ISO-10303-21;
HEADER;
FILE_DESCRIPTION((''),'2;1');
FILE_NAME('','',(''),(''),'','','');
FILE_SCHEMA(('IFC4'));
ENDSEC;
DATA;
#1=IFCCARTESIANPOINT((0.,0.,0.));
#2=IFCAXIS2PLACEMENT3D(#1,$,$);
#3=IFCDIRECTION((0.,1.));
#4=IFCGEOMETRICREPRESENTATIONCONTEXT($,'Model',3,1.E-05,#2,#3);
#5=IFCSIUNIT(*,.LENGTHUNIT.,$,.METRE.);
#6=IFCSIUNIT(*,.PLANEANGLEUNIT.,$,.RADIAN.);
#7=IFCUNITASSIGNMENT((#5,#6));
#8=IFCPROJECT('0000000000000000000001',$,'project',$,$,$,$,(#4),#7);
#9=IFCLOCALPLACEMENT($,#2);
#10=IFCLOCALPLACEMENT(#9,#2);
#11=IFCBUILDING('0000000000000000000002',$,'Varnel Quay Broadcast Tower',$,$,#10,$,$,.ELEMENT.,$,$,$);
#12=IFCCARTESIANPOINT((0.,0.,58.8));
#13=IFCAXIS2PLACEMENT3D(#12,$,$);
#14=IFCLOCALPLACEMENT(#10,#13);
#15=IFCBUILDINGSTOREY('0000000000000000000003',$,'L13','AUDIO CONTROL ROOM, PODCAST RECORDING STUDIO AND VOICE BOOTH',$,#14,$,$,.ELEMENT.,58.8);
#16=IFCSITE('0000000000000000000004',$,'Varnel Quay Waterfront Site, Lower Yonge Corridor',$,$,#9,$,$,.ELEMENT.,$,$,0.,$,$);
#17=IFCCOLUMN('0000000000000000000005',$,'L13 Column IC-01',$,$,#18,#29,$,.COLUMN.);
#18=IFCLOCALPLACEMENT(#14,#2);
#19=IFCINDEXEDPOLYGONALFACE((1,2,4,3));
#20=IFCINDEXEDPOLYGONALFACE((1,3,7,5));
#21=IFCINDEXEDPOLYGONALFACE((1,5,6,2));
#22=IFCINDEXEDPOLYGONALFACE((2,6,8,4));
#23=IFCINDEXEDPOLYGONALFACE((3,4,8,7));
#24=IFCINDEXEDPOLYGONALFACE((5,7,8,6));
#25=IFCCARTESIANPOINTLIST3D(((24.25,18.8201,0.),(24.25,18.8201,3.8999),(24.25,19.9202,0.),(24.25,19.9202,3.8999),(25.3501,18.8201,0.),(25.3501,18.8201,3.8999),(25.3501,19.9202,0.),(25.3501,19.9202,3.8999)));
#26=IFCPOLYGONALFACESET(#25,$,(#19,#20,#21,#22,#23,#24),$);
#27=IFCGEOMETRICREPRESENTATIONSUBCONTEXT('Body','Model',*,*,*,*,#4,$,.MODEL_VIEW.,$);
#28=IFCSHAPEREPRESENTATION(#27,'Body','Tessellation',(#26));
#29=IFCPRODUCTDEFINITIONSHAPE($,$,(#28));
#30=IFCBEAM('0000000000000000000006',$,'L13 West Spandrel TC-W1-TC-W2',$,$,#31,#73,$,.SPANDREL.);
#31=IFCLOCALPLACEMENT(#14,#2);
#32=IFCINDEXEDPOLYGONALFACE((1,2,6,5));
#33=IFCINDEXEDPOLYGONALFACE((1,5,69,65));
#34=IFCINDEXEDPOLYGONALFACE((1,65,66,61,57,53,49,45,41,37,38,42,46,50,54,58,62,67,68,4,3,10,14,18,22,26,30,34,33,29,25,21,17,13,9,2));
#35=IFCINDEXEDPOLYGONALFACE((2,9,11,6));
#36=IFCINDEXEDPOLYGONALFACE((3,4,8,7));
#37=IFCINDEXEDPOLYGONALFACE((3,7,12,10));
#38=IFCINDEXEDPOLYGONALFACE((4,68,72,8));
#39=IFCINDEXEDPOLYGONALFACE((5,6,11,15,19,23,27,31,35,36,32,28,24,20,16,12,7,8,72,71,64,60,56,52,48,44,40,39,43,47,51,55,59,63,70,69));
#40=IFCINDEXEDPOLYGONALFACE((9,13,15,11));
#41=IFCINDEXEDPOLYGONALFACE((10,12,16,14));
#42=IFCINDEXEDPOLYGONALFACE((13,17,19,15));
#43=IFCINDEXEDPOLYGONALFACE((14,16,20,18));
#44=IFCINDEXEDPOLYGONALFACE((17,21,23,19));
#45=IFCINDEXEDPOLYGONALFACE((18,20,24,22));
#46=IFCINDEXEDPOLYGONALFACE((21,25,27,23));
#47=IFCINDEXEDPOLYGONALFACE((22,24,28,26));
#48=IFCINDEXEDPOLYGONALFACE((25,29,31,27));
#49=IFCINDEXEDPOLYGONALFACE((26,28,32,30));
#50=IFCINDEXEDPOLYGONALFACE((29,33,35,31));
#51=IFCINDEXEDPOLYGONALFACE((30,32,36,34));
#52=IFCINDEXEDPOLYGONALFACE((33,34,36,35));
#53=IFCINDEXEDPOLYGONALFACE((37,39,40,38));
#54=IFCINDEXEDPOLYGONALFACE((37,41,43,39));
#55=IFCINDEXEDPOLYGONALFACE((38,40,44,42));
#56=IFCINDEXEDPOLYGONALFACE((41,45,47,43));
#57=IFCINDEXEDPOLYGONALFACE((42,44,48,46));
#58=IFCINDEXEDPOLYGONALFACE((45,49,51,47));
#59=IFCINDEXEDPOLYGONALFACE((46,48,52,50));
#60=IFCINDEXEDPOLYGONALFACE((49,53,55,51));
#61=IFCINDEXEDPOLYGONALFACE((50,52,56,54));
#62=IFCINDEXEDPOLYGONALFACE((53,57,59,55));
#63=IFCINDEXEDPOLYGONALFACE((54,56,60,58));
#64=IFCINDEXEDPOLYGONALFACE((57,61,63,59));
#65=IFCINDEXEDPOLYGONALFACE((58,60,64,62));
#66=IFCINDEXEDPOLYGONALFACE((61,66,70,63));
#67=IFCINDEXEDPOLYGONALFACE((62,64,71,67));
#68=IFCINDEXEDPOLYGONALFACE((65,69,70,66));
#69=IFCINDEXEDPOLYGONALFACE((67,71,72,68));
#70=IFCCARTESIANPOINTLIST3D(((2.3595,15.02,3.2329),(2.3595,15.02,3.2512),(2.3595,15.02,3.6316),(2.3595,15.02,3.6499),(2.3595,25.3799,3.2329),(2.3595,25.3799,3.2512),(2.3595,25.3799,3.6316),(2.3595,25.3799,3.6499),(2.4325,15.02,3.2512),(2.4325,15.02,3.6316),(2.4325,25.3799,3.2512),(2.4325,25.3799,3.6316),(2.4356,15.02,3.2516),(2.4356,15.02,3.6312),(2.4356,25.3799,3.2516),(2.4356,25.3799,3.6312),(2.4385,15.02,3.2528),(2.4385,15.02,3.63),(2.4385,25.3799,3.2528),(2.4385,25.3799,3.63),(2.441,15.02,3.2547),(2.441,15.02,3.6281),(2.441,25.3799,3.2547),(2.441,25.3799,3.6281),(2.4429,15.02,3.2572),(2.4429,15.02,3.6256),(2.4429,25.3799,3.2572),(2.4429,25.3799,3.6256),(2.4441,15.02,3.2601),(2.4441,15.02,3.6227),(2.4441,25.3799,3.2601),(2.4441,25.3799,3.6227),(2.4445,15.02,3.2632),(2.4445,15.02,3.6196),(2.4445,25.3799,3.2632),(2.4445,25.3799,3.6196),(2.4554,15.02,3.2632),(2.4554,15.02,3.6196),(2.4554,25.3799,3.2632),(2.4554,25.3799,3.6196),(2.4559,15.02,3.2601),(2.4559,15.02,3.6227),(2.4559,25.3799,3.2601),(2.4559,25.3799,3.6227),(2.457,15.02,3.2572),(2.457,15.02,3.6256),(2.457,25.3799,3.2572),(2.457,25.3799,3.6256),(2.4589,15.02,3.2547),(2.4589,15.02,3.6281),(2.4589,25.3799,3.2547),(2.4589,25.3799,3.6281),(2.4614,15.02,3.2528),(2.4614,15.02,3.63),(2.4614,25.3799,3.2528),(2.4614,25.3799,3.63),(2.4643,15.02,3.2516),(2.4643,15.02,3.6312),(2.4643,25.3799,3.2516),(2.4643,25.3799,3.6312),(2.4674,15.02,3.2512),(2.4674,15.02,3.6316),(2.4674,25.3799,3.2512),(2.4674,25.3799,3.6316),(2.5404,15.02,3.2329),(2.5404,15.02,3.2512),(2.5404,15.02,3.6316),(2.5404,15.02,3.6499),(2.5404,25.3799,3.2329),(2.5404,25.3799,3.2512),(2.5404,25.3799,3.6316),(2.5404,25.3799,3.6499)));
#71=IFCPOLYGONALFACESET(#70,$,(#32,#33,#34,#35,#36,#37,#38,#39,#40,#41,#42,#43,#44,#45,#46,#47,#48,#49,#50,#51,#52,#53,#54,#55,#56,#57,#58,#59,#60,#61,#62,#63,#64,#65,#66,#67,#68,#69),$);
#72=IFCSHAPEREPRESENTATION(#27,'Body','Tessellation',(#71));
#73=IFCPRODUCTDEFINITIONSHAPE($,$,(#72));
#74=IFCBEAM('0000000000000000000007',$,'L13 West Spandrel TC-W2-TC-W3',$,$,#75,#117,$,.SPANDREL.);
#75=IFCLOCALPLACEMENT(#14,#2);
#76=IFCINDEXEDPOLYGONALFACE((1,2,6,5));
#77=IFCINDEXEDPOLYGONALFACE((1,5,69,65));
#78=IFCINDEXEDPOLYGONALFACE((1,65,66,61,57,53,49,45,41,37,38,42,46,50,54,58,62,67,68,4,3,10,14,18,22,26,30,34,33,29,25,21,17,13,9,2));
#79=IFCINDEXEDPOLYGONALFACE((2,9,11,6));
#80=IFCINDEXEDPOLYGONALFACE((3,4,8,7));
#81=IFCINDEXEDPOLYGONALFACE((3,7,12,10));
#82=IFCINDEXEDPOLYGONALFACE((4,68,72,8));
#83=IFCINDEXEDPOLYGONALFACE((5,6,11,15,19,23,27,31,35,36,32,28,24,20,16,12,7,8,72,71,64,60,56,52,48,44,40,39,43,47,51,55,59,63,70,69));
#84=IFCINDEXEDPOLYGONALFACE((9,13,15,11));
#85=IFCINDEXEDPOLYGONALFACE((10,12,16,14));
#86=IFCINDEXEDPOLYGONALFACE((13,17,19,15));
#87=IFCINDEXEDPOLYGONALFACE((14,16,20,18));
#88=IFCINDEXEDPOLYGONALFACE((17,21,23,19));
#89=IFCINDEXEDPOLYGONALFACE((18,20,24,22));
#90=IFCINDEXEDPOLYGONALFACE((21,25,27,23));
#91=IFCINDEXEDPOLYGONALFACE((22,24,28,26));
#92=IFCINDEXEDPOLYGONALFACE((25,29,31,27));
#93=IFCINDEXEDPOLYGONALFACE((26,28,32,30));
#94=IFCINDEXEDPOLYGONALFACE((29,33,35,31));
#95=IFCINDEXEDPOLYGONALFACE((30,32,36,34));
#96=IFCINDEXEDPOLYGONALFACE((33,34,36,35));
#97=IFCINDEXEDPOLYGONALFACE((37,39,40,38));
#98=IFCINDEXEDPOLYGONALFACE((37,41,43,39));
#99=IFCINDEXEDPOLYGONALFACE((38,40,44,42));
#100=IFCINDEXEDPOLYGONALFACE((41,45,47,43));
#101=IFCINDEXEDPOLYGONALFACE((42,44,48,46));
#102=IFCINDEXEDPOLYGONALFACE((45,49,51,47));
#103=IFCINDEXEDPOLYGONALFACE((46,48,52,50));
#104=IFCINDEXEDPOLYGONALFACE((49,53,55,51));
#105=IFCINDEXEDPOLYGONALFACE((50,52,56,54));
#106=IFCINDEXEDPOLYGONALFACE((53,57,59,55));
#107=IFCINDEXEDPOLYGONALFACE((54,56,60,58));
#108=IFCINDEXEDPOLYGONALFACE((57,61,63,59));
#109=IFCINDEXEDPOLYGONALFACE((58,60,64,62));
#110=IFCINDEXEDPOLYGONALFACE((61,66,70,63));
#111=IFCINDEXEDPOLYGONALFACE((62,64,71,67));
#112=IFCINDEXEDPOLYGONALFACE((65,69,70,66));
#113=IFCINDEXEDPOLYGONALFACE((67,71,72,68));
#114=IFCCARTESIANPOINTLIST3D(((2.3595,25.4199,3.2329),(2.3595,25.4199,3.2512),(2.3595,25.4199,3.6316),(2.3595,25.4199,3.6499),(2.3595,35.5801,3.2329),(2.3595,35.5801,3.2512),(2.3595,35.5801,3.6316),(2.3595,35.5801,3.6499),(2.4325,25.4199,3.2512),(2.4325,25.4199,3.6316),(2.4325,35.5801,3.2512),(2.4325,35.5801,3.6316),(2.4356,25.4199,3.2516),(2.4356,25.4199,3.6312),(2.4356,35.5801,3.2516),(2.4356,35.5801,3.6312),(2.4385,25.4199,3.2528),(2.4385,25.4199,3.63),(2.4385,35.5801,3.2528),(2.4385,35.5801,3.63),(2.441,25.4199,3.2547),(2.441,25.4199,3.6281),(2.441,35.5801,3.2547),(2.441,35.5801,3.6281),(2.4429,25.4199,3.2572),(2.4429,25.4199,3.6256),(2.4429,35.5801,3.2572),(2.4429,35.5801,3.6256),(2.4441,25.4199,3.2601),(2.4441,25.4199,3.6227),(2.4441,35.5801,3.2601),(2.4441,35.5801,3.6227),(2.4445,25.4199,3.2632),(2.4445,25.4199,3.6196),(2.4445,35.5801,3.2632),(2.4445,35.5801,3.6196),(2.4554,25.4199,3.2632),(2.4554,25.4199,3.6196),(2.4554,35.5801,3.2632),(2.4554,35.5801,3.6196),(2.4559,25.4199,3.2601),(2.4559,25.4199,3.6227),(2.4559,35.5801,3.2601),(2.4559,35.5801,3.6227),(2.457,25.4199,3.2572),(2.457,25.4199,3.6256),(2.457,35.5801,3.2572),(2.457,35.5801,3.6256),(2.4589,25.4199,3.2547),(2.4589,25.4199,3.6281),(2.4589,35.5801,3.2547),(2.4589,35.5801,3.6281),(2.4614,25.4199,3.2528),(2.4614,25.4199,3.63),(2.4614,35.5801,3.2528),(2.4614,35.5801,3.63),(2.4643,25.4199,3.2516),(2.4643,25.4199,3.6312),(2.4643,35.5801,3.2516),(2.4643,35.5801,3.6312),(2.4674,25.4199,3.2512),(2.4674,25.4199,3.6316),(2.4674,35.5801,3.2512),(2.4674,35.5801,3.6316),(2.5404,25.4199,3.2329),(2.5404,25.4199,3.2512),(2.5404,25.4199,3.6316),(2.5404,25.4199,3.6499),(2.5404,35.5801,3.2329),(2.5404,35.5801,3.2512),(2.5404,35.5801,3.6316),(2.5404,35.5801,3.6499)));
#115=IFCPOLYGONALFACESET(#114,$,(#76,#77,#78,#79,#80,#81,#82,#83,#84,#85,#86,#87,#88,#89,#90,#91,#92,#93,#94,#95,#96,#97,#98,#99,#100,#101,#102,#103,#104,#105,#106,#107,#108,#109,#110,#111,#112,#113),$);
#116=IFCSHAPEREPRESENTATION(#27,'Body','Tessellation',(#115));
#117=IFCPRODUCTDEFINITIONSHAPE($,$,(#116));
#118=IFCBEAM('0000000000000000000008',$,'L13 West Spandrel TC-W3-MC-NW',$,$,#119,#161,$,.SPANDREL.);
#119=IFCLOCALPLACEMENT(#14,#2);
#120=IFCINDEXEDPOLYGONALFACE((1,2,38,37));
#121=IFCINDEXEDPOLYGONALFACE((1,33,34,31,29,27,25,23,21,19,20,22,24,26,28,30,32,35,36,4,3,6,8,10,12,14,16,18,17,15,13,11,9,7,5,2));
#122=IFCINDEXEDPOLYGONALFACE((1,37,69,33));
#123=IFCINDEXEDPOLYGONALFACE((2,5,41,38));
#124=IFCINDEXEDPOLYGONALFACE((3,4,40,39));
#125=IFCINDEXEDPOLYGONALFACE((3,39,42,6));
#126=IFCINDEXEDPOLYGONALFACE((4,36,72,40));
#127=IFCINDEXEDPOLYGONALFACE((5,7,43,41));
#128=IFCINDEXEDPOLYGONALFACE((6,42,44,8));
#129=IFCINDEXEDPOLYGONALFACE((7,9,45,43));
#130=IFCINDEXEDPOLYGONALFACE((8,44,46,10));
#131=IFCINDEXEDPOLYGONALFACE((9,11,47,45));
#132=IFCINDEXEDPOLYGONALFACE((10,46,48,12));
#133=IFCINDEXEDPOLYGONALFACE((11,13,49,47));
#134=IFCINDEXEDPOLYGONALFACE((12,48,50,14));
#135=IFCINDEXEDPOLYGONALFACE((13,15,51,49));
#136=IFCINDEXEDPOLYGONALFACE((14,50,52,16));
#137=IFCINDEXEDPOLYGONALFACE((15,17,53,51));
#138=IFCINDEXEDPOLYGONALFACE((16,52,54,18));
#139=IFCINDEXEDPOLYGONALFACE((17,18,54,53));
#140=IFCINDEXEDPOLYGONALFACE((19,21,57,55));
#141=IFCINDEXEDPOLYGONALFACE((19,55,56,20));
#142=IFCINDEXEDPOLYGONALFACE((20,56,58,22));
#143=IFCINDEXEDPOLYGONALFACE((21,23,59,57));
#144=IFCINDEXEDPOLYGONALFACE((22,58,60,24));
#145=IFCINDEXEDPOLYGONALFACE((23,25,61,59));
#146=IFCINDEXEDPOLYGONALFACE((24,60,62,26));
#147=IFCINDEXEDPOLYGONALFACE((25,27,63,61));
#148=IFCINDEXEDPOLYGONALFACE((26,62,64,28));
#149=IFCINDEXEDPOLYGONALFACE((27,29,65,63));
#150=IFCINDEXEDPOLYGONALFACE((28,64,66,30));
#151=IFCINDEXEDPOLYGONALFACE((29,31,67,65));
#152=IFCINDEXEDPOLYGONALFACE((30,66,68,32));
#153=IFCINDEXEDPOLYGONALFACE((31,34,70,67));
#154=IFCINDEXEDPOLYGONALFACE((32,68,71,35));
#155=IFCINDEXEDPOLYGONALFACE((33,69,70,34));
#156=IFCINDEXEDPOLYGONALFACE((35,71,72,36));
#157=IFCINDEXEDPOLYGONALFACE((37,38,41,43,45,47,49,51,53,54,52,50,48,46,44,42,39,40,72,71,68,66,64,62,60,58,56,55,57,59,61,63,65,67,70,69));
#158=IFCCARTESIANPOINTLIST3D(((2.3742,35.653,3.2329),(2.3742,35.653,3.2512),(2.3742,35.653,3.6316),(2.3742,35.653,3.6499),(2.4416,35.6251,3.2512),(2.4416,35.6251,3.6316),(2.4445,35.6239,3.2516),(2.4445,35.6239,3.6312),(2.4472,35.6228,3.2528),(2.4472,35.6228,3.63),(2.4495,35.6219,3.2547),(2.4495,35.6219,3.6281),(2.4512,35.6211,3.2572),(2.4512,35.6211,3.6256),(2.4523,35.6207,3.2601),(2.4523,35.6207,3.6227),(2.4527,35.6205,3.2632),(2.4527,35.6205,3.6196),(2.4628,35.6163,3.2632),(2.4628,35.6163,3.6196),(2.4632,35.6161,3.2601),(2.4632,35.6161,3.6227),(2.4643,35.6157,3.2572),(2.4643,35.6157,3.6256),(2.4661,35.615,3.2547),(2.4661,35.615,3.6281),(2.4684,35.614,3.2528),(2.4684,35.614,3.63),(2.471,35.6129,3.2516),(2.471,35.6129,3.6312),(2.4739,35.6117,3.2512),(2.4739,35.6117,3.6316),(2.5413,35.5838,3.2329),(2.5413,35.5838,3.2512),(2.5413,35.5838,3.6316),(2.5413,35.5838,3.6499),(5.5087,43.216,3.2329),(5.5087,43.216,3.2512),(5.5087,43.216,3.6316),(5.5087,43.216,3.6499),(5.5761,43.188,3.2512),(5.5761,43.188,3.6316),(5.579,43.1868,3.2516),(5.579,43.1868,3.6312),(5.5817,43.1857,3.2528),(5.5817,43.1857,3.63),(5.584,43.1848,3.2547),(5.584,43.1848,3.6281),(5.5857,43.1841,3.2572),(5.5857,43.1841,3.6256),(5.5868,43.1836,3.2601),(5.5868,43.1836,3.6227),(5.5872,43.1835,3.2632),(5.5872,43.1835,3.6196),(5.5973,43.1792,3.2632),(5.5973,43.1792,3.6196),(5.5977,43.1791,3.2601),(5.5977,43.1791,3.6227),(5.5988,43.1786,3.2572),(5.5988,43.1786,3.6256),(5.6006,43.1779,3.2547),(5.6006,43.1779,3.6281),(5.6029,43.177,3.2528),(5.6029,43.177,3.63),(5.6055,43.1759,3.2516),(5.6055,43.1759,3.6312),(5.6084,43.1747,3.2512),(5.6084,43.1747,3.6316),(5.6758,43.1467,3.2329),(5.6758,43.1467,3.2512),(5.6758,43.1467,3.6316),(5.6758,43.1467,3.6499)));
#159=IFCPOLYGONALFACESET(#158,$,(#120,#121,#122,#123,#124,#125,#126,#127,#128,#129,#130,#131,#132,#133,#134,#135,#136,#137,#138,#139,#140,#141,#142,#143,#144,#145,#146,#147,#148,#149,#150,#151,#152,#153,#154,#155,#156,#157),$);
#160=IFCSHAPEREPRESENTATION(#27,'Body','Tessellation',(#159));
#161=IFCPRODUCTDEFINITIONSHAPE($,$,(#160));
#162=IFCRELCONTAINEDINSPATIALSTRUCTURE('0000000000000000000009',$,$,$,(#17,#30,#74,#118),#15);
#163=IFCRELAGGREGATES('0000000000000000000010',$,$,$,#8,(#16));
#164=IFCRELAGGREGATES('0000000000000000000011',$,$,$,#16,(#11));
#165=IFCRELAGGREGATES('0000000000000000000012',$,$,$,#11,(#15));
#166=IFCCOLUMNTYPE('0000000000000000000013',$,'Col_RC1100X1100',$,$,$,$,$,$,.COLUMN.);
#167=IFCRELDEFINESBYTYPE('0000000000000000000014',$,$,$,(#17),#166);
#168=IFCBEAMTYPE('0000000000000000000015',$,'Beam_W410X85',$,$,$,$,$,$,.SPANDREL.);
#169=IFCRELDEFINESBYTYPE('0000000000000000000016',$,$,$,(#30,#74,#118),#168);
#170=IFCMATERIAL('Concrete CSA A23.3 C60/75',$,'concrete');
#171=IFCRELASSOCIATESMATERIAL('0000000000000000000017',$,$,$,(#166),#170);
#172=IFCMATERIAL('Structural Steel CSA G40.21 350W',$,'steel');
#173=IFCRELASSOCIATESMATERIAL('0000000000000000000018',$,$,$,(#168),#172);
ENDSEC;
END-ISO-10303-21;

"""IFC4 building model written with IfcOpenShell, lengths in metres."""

from ifc_helpers import new_model, si_unit, direction, frame, origin, origin_2d, place, context, subcontext, project, spatial, rectangle, i_section, extrude, source, transform, mapped, material, material_profile, profile_set, type_object, type_shapes, element, save


model = new_model("IFC4")

# Units and contexts
model_context = context("Model", 3, precision=1e-05, world=origin(), true_north=direction((0.0, 1.0)))
body_context = subcontext(model_context, "Body", "Model", "MODEL_VIEW")
ifc_project = project(units=[si_unit("LENGTHUNIT", "METRE"), si_unit("PLANEANGLEUNIT", "RADIAN")], contexts=[model_context])

# Site, building, storey
site_placement = place(None, origin())
site = spatial("IfcSite", under=ifc_project, at=site_placement, Name="Varnel Quay Waterfront Site, Lower Yonge Corridor", CompositionType="ELEMENT", RefElevation=0.0)
building_placement = place(site_placement, origin())
building = spatial("IfcBuilding", under=site, at=building_placement, Name="Varnel Quay Broadcast Tower", CompositionType="ELEMENT")
storey_placement = place(building_placement, frame((0.0, 0.0, 58.8)))
storey = spatial("IfcBuildingStorey", under=building, at=storey_placement, Name="L13", Description="AUDIO CONTROL ROOM, PODCAST RECORDING STUDIO AND VOICE BOOTH", CompositionType="ELEMENT", Elevation=58.8)

# Column
ifc_material_1 = material(Name="Structural Steel CSA G40.21 350W", Category="steel")
ifc_material_2 = material(Name="Concrete CSA A23.3 C60/75", Category="concrete")
ifc_material_profile_1 = material_profile(ifc_material_2, rectangle(XDim=1.1001, YDim=1.1001, at=origin_2d()), Name="RC1100X1100")
ifc_profile_set_1 = profile_set([ifc_material_profile_1], Name="Concrete CSA A23.3 C60/75")
column_type_1 = type_object("IfcColumnType", Name="Col_RC1100X1100", PredefinedType="COLUMN", material=ifc_profile_set_1)
shared_shape_1 = source(origin(), body_context, "Body", "SweptSolid", [
    extrude(rectangle(XDim=1.1001, YDim=1.1001, at=origin_2d()), origin(), (0.0, 0.0, 1.0), 3.8999),
])
type_shapes(column_type_1, [shared_shape_1])
column_placement = place(storey_placement, frame((24.8, 19.3701, 0.0), z_axis=(0.0, 0.0, 1.0), x_axis=(1.0, 0.0, 0.0)))
element("IfcColumn", 1, at=column_placement, inside=storey, type_object=column_type_1, Name="L13 Column IC-01", PredefinedType="COLUMN", context=body_context, shape_type="MappedRepresentation", body=[
    mapped(shared_shape_1, transform((0.0, 0.0, 0.0), x_axis=(1.0, 0.0, 0.0), y_axis=(0.0, 1.0, 0.0), z_axis=(0.0, 0.0, 1.0), scale=1.0)),
])

# Beams
ifc_material_profile_2 = material_profile(ifc_material_1, i_section(OverallWidth=0.1809, OverallDepth=0.417, WebThickness=0.011, FlangeThickness=0.0183, FilletRadius=0.012, at=origin_2d()), Name="W410X85")
ifc_profile_set_2 = profile_set([ifc_material_profile_2], Name="Structural Steel CSA G40.21 350W")
beam_type_1 = type_object("IfcBeamType", Name="Beam_W410X85", PredefinedType="SPANDREL", material=ifc_profile_set_2)
shared_shape_2 = source(origin(), body_context, "Body", "SweptSolid", [
    extrude(i_section(OverallWidth=0.1809, OverallDepth=0.417, WebThickness=0.011, FlangeThickness=0.0183, FilletRadius=0.012, at=origin_2d()), origin(), (0.0, 0.0, 1.0), 10.3599),
])
beam_1_placement = place(storey_placement, frame((2.45, 15.02, 3.4414), z_axis=(0.0, 1.0, 0.0), x_axis=(-1.0, 0.0, 0.0)))
element("IfcBeam", 2, at=beam_1_placement, inside=storey, type_object=beam_type_1, Name="L13 West Spandrel TC-W1-TC-W2", PredefinedType="SPANDREL", context=body_context, shape_type="MappedRepresentation", body=[
    mapped(shared_shape_2, transform((0.0, 0.0, 0.0), x_axis=(1.0, 0.0, 0.0), y_axis=(0.0, 1.0, 0.0), z_axis=(0.0, 0.0, 1.0), scale=1.0)),
])
shared_shape_3 = source(origin(), body_context, "Body", "SweptSolid", [
    extrude(i_section(OverallWidth=0.1809, OverallDepth=0.417, WebThickness=0.011, FlangeThickness=0.0183, FilletRadius=0.012, at=origin_2d()), origin(), (0.0, 0.0, 1.0), 10.1602),
])
beam_2_placement = place(storey_placement, frame((2.45, 25.4199, 3.4414), z_axis=(0.0, 1.0, 0.0), x_axis=(-1.0, 0.0, 0.0)))
element("IfcBeam", 3, at=beam_2_placement, inside=storey, type_object=beam_type_1, Name="L13 West Spandrel TC-W2-TC-W3", PredefinedType="SPANDREL", context=body_context, shape_type="MappedRepresentation", body=[
    mapped(shared_shape_3, transform((0.0, 0.0, 0.0), x_axis=(1.0, 0.0, 0.0), y_axis=(0.0, 1.0, 0.0), z_axis=(0.0, 0.0, 1.0), scale=1.0)),
])
shared_shape_4 = source(origin(), body_context, "Body", "SweptSolid", [
    extrude(i_section(OverallWidth=0.1809, OverallDepth=0.417, WebThickness=0.011, FlangeThickness=0.0183, FilletRadius=0.012, at=origin_2d()), origin(), (0.0, 0.0, 1.0), 8.1868),
])
type_shapes(beam_type_1, [shared_shape_2, shared_shape_3, shared_shape_4])
beam_3_placement = place(storey_placement, frame((2.4578, 35.6184, 3.4414), z_axis=(0.382874, 0.923801, 0.0), x_axis=(-0.923801, 0.382874, 0.0)))
element("IfcBeam", 4, at=beam_3_placement, inside=storey, type_object=beam_type_1, Name="L13 West Spandrel TC-W3-MC-NW", PredefinedType="SPANDREL", context=body_context, shape_type="MappedRepresentation", body=[
    mapped(shared_shape_4, transform((0.0, 0.0, 0.0), x_axis=(1.0, 0.0, 0.0), y_axis=(0.0, 1.0, 0.0), z_axis=(0.0, 0.0, 1.0), scale=1.0)),
])

save(model, "model.ifc")
